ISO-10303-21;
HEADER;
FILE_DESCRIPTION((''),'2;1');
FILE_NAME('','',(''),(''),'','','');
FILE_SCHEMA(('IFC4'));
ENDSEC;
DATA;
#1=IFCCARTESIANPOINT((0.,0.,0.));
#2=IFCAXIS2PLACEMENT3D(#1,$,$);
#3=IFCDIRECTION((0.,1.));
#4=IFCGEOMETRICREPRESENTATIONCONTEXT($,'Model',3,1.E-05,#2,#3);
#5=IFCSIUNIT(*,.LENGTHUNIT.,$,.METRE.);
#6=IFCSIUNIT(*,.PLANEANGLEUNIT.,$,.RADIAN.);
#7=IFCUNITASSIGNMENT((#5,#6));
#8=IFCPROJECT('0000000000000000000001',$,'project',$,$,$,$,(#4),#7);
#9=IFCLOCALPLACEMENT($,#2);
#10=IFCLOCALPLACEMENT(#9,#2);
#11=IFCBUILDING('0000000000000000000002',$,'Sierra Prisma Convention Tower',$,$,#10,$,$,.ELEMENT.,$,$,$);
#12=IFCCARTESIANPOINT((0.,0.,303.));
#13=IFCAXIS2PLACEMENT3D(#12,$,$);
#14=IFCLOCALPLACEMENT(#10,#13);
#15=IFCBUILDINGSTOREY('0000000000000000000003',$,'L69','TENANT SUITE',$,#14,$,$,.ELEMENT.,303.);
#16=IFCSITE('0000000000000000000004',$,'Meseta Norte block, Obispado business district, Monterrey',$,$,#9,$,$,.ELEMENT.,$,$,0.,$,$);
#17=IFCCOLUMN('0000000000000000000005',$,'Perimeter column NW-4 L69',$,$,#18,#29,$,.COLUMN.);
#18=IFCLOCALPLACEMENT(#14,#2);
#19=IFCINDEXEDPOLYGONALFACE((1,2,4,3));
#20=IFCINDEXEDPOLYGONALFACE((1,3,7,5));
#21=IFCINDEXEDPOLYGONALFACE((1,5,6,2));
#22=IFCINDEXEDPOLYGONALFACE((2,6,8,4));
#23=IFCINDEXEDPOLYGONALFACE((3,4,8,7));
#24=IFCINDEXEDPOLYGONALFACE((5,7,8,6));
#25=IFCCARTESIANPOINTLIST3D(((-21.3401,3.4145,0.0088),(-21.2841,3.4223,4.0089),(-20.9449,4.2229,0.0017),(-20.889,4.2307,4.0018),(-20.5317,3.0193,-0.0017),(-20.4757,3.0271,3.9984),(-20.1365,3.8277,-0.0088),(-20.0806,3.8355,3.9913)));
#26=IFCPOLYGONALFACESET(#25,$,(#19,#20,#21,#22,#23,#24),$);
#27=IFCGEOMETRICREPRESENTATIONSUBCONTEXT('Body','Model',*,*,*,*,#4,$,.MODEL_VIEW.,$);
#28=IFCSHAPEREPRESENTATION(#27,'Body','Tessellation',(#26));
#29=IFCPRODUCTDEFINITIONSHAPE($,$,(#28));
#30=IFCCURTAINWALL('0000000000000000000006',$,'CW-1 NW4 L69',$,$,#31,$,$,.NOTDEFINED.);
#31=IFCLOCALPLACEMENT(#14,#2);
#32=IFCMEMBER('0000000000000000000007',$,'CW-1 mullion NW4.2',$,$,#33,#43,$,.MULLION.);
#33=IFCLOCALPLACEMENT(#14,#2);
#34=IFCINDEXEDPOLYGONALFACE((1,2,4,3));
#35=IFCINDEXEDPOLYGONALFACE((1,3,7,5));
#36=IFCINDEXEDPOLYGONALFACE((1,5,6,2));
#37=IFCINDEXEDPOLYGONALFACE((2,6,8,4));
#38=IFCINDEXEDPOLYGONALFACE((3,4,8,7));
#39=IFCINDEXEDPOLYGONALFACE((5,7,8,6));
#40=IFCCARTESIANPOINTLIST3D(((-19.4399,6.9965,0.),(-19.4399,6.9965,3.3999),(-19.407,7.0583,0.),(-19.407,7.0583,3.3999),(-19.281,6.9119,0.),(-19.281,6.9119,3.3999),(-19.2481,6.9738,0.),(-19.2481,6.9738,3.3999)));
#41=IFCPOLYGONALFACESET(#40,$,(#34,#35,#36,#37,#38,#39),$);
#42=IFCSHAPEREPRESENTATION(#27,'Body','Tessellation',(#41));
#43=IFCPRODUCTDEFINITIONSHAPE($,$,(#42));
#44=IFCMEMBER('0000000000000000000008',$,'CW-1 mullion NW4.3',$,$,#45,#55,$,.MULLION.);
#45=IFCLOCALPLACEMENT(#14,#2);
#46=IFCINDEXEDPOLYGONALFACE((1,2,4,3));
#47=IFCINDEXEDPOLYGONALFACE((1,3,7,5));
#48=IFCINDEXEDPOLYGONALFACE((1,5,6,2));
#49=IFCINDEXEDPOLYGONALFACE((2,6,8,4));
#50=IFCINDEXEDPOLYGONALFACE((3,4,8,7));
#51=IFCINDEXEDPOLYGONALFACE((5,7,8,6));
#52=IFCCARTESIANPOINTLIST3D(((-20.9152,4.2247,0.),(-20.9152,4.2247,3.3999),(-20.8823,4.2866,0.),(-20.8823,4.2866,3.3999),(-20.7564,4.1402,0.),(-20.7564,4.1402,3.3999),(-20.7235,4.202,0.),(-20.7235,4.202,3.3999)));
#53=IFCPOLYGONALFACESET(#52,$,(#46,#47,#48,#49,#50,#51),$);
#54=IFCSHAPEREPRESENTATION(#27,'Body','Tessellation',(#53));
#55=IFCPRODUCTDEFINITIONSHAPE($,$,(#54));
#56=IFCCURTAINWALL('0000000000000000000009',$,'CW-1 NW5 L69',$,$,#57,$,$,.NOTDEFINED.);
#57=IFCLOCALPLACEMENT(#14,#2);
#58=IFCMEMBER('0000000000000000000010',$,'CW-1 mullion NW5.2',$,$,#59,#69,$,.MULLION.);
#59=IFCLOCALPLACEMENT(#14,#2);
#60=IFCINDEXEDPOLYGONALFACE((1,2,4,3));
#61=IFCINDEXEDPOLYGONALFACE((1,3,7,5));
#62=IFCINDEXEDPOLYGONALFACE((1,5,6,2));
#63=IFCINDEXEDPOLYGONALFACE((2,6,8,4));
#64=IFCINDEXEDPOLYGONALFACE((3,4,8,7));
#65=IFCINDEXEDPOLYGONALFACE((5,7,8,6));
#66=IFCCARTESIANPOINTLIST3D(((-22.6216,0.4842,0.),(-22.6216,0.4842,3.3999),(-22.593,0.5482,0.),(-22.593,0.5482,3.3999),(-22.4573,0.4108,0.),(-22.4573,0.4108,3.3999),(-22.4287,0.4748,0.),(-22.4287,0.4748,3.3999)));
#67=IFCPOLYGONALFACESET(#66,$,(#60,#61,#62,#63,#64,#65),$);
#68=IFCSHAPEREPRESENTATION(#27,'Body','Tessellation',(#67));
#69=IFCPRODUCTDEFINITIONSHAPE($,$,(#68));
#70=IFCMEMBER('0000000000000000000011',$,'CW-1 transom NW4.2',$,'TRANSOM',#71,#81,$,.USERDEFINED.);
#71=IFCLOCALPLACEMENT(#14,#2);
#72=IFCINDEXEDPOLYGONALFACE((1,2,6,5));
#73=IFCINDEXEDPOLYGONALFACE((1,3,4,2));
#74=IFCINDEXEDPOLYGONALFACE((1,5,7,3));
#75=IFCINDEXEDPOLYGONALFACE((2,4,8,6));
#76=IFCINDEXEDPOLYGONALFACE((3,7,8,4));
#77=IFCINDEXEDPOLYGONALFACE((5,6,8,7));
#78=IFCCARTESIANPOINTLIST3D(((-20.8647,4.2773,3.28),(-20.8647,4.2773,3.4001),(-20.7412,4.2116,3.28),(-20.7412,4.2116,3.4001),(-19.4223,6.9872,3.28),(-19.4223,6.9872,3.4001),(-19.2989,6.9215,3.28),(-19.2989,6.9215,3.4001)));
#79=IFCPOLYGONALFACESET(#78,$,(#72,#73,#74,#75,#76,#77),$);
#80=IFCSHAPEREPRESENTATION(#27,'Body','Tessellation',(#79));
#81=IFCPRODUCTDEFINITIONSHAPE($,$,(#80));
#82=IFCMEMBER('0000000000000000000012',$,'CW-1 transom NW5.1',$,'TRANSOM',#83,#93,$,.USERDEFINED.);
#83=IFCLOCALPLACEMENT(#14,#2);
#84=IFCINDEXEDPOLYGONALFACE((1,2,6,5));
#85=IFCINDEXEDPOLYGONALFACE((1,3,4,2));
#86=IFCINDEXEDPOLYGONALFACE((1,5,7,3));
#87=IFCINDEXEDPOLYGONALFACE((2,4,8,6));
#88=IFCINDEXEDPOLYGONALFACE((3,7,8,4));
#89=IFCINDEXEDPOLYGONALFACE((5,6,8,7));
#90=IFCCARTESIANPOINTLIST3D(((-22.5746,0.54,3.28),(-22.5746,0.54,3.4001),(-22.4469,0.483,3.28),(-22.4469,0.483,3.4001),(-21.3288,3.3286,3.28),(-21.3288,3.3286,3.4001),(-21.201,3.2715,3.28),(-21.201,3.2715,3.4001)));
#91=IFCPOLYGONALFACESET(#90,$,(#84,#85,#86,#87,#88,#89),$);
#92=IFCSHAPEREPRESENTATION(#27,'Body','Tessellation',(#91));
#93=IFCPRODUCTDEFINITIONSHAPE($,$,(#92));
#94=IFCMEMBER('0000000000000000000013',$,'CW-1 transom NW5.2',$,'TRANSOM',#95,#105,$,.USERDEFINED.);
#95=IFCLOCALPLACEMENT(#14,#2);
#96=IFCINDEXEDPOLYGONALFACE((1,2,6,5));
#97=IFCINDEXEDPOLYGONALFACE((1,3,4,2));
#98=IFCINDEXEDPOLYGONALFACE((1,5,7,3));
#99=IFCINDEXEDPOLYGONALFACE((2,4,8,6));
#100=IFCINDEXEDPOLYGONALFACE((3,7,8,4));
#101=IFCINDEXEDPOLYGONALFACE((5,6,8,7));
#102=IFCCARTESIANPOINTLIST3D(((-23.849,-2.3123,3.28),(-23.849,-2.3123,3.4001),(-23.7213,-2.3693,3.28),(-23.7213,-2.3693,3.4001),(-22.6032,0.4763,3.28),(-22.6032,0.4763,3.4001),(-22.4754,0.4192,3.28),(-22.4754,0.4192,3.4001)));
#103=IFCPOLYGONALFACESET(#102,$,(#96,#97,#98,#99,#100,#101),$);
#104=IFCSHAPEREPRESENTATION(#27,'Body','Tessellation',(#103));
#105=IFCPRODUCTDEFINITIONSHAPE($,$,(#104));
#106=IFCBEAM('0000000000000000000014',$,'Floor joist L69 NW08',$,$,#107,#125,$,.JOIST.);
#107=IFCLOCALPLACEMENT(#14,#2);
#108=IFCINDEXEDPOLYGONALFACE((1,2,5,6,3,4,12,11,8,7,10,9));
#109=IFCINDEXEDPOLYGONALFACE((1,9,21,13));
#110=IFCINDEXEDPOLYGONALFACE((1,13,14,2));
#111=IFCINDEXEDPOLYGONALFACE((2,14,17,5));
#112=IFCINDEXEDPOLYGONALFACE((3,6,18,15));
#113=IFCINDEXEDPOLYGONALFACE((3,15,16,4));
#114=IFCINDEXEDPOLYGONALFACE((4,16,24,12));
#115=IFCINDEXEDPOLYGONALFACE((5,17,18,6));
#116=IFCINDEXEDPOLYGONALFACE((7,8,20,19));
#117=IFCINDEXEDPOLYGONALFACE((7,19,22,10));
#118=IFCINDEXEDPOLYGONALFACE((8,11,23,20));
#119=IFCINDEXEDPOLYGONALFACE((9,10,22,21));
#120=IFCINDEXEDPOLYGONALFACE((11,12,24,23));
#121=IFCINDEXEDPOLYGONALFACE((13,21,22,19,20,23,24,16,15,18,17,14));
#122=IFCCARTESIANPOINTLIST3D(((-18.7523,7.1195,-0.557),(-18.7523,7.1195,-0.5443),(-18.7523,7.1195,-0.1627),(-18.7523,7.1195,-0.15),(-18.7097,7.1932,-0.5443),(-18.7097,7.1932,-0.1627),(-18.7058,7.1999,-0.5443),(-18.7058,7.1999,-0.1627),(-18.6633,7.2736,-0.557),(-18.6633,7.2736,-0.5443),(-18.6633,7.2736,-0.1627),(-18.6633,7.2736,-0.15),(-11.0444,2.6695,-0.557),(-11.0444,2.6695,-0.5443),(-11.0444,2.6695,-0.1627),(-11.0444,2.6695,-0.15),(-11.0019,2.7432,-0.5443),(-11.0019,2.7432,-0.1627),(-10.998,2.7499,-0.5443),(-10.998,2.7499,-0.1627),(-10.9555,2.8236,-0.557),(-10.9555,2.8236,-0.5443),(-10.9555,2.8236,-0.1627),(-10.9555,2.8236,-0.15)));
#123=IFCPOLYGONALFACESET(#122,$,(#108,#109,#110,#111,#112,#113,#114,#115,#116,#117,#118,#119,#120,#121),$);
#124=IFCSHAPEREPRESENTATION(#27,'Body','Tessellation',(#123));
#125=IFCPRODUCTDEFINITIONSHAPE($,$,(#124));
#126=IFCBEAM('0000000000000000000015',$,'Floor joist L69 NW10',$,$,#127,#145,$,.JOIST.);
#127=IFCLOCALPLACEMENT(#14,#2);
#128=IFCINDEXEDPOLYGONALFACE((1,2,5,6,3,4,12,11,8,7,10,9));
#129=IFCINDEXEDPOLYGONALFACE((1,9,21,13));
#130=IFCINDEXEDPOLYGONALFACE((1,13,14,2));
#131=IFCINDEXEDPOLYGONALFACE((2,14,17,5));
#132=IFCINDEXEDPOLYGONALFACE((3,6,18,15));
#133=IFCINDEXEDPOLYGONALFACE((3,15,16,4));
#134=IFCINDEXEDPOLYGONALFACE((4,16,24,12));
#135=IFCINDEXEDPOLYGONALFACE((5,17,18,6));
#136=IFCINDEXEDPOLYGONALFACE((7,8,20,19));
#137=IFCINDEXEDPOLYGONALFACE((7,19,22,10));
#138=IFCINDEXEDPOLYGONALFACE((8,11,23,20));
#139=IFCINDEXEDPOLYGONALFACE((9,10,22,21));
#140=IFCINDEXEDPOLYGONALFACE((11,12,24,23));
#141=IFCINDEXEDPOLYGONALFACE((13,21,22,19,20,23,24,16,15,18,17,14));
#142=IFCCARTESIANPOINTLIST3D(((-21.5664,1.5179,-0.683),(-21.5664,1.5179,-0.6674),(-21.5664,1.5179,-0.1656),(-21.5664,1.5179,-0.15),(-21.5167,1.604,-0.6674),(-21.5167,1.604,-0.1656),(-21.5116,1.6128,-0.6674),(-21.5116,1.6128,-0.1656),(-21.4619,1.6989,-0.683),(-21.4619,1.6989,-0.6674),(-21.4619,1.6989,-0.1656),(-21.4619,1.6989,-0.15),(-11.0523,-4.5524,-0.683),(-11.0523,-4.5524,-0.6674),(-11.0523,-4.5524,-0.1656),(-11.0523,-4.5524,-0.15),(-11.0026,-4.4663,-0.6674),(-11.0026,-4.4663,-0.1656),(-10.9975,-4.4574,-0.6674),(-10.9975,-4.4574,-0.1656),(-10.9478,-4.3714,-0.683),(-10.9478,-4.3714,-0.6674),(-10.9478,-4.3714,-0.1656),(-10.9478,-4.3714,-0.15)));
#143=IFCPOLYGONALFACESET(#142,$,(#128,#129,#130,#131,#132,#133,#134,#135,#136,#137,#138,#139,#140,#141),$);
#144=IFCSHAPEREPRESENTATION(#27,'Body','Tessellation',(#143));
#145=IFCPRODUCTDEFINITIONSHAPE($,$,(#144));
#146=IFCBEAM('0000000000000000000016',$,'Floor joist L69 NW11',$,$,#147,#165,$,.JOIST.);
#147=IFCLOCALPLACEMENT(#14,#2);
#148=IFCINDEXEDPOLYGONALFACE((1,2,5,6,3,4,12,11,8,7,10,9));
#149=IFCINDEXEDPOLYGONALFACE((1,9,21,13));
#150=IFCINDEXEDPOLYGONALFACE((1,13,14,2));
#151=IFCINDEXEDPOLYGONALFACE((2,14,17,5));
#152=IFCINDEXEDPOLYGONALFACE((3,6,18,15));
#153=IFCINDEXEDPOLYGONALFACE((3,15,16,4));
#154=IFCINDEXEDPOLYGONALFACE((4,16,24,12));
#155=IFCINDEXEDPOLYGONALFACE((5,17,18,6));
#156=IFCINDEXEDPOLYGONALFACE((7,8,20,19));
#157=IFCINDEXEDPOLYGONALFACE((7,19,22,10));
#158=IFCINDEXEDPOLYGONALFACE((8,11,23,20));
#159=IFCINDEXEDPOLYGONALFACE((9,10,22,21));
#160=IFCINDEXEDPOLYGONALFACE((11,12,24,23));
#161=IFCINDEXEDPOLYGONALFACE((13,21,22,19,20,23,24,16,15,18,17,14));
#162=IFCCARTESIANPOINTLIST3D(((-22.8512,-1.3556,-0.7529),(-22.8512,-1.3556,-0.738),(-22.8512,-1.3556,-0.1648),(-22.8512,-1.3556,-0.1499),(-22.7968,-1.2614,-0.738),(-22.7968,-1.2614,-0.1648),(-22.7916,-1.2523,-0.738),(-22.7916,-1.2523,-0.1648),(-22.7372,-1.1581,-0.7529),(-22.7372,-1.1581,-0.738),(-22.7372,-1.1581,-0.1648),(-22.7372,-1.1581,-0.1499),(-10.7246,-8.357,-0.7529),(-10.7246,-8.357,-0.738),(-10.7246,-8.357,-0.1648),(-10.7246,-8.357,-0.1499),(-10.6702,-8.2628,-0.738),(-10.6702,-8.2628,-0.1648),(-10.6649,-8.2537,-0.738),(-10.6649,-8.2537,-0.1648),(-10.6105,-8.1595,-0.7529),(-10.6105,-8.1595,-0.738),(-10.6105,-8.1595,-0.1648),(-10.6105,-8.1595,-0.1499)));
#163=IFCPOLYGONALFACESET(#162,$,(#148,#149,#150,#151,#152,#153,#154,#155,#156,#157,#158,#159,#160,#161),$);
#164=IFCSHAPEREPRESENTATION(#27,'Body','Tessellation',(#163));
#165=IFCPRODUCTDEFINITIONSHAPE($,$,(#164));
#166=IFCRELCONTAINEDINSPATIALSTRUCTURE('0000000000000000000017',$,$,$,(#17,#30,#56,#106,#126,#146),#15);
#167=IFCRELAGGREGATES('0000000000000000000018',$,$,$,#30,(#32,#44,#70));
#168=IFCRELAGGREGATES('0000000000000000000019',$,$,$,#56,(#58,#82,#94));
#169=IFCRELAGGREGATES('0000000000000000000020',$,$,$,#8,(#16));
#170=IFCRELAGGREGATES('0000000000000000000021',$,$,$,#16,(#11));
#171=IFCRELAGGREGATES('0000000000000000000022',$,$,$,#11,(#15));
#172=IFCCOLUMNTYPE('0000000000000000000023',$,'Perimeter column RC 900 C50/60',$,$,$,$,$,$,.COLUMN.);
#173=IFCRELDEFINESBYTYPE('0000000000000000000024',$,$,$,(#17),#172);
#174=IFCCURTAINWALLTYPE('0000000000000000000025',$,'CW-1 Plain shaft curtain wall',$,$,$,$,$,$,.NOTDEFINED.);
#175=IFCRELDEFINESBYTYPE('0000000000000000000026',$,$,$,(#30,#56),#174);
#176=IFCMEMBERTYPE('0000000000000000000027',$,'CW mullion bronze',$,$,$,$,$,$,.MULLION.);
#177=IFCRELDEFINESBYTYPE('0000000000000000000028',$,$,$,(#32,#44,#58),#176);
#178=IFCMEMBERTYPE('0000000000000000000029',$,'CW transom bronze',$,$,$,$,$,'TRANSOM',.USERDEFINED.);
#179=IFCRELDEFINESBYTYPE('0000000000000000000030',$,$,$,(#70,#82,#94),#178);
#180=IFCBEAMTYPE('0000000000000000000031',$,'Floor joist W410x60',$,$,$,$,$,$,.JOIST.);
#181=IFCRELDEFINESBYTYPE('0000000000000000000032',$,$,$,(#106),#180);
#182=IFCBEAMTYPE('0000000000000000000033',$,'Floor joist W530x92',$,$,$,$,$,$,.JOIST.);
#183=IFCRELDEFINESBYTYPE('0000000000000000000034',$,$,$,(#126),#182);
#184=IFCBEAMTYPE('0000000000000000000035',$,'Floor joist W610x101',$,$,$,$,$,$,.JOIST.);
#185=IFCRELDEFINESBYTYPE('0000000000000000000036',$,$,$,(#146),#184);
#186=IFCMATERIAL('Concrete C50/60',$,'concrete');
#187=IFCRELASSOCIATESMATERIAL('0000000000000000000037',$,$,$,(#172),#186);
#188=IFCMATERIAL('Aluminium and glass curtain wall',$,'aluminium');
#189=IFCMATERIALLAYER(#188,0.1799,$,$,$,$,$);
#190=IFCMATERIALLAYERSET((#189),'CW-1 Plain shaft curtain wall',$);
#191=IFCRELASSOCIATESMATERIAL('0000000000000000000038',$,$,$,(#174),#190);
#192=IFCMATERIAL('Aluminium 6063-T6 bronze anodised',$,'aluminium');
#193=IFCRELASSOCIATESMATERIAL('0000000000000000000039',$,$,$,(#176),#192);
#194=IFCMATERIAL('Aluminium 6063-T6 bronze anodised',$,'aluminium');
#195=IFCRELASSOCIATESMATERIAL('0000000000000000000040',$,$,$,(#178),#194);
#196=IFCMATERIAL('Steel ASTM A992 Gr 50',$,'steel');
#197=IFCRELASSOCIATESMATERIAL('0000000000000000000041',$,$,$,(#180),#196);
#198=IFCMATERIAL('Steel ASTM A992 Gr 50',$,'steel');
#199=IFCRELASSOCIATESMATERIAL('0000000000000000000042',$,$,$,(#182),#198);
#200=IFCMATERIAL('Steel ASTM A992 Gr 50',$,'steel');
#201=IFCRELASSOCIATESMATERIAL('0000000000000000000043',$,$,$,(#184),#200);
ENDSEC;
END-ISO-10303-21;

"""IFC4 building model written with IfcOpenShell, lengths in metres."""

from ifc_helpers import new_model, si_unit, direction, frame, origin, origin_2d, place, context, subcontext, project, spatial, rectangle, i_section, extrude, material, layer, layer_set, material_profile, profile_set, type_object, element, aggregate, save


model = new_model("IFC4")

# Units and contexts
model_context = context("Model", 3, precision=1e-05, world=origin(), true_north=direction((0.0, 1.0)))
body_context = subcontext(model_context, "Body", "Model", "MODEL_VIEW")
ifc_project = project(units=[si_unit("LENGTHUNIT", "METRE"), si_unit("PLANEANGLEUNIT", "RADIAN")], contexts=[model_context])

# Site, building, storey
site_placement = place(None, origin())
site = spatial("IfcSite", under=ifc_project, at=site_placement, Name="Meseta Norte block, Obispado business district, Monterrey", CompositionType="ELEMENT", RefElevation=0.0)
building_placement = place(site_placement, origin())
building = spatial("IfcBuilding", under=site, at=building_placement, Name="Sierra Prisma Convention Tower", CompositionType="ELEMENT")
storey_placement = place(building_placement, frame((0.0, 0.0, 303.0)))
storey = spatial("IfcBuildingStorey", under=building, at=storey_placement, Name="L69", Description="TENANT SUITE", CompositionType="ELEMENT", Elevation=303.0)

# Column
ifc_material_1 = material(Name="Concrete C50/60", Category="concrete")
ifc_material_profile_1 = material_profile(ifc_material_1, rectangle(XDim=0.8999, YDim=0.8999, at=origin_2d()), Name="Perimeter column RC 900 C50/60")
ifc_profile_set_1 = profile_set([ifc_material_profile_1], Name="Concrete C50/60")
column_type = type_object("IfcColumnType", Name="Perimeter column RC 900 C50/60", PredefinedType="COLUMN", material=ifc_profile_set_1)
column_placement = place(storey_placement, frame((-20.7383, 3.6211, 0.0), z_axis=(0.013976, 0.001953, 0.9999), x_axis=(0.4391, 0.898404, -0.007892)))
element("IfcColumn", 1, at=column_placement, inside=storey, type_object=column_type, Name="Perimeter column NW-4 L69", PredefinedType="COLUMN", context=body_context, shape_type="SweptSolid", body=[
    extrude(rectangle(XDim=0.8999, YDim=0.8999, at=origin_2d()), origin(), (0.0, 0.0, 1.0), 4.0005),
])

# Curtain wall, members
ifc_material_2 = material(Name="Aluminium and glass curtain wall", Category="aluminium")
ifc_layer_1 = layer(ifc_material_2, 0.1799)
ifc_layer_set_1 = layer_set([ifc_layer_1], Name="CW-1 Plain shaft curtain wall")
curtain_wall_type = type_object("IfcCurtainWallType", Name="CW-1 Plain shaft curtain wall", PredefinedType="NOTDEFINED", material=ifc_layer_set_1)
curtain_wall_1_placement = place(storey_placement, origin())
curtain_wall_1 = element("IfcCurtainWall", 2, at=curtain_wall_1_placement, inside=storey, type_object=curtain_wall_type, Name="CW-1 NW4 L69", PredefinedType="NOTDEFINED")
ifc_material_3 = material(Name="Aluminium 6063-T6 bronze anodised", Category="aluminium")
ifc_material_profile_2 = material_profile(ifc_material_3, rectangle(XDim=0.1799, YDim=0.0701, at=origin_2d()), Name="ALU MULLION 70x180")
ifc_profile_set_2 = profile_set([ifc_material_profile_2], Name="Aluminium 6063-T6 bronze anodised")
member_type_1 = type_object("IfcMemberType", Name="CW mullion bronze", PredefinedType="MULLION", material=ifc_profile_set_2)
member_1_placement = place(storey_placement, frame((-19.344, 6.9851, 0.0), z_axis=(0.0, 0.0, 1.0), x_axis=(0.882746, -0.469851, 0.0)))
member_1 = element("IfcMember", 3, at=member_1_placement, type_object=member_type_1, Name="CW-1 mullion NW4.2", PredefinedType="MULLION", context=body_context, shape_type="SweptSolid", body=[
    extrude(rectangle(XDim=0.1799, YDim=0.0701, at=origin_2d()), origin(), (0.0, 0.0, 1.0), 3.3999),
])
member_2_placement = place(storey_placement, frame((-20.8193, 4.2134, 0.0), z_axis=(0.0, 0.0, 1.0), x_axis=(0.882746, -0.469851, 0.0)))
member_2 = element("IfcMember", 4, at=member_2_placement, type_object=member_type_1, Name="CW-1 mullion NW4.3", PredefinedType="MULLION", context=body_context, shape_type="SweptSolid", body=[
    extrude(rectangle(XDim=0.1799, YDim=0.0701, at=origin_2d()), origin(), (0.0, 0.0, 1.0), 3.3999),
])

# Curtain wall, member
curtain_wall_2_placement = place(storey_placement, origin())
curtain_wall_2 = element("IfcCurtainWall", 5, at=curtain_wall_2_placement, inside=storey, type_object=curtain_wall_type, Name="CW-1 NW5 L69", PredefinedType="NOTDEFINED")
member_3_placement = place(storey_placement, frame((-22.5251, 0.4795, 0.0), z_axis=(0.0, 0.0, 1.0), x_axis=(0.91302, -0.407914, 0.0)))
member_3 = element("IfcMember", 6, at=member_3_placement, type_object=member_type_1, Name="CW-1 mullion NW5.2", PredefinedType="MULLION", context=body_context, shape_type="SweptSolid", body=[
    extrude(rectangle(XDim=0.1799, YDim=0.0701, at=origin_2d()), origin(), (0.0, 0.0, 1.0), 3.3999),
])

# Members
ifc_material_4 = material(Name="Aluminium 6063-T6 bronze anodised", Category="aluminium")
ifc_material_profile_3 = material_profile(ifc_material_4, rectangle(XDim=0.1399, YDim=0.1201, at=origin_2d()), Name="ALU TRANSOM 120x140")
ifc_profile_set_3 = profile_set([ifc_material_profile_3], Name="Aluminium 6063-T6 bronze anodised")
member_type_2 = type_object("IfcMemberType", Name="CW transom bronze", ElementType="TRANSOM", PredefinedType="USERDEFINED", material=ifc_profile_set_3)
member_4_placement = place(storey_placement, frame((-19.3606, 6.9543, 3.3401), z_axis=(-0.469845, -0.882749, 0.0), x_axis=(0.882749, -0.469845, 0.0)))
member_4 = element("IfcMember", 7, at=member_4_placement, type_object=member_type_2, Name="CW-1 transom NW4.2", ObjectType="TRANSOM", PredefinedType="USERDEFINED", context=body_context, shape_type="SweptSolid", body=[
    extrude(rectangle(XDim=0.1399, YDim=0.1201, at=origin_2d()), origin(), (0.0, 0.0, 1.0), 3.0698),
])
member_5_placement = place(storey_placement, frame((-21.2649, 3.3, 3.3401), z_axis=(-0.40791, -0.913022, 0.0), x_axis=(0.913022, -0.40791, 0.0)))
member_5 = element("IfcMember", 8, at=member_5_placement, type_object=member_type_2, Name="CW-1 transom NW5.1", ObjectType="TRANSOM", PredefinedType="USERDEFINED", context=body_context, shape_type="SweptSolid", body=[
    extrude(rectangle(XDim=0.1399, YDim=0.1201, at=origin_2d()), origin(), (0.0, 0.0, 1.0), 3.0542),
])
member_6_placement = place(storey_placement, frame((-22.5393, 0.4478, 3.3401), z_axis=(-0.40791, -0.913022, 0.0), x_axis=(0.913022, -0.40791, 0.0)))
member_6 = element("IfcMember", 9, at=member_6_placement, type_object=member_type_2, Name="CW-1 transom NW5.2", ObjectType="TRANSOM", PredefinedType="USERDEFINED", context=body_context, shape_type="SweptSolid", body=[
    extrude(rectangle(XDim=0.1399, YDim=0.1201, at=origin_2d()), origin(), (0.0, 0.0, 1.0), 3.0542),
])

# Beams
ifc_material_5 = material(Name="Steel ASTM A992 Gr 50", Category="steel")
ifc_material_profile_4 = material_profile(ifc_material_5, i_section(OverallWidth=0.178, OverallDepth=0.407, WebThickness=0.0078, FlangeThickness=0.0127, at=origin_2d()), Name="W410x60")
ifc_profile_set_4 = profile_set([ifc_material_profile_4], Name="Steel ASTM A992 Gr 50")
beam_type_1 = type_object("IfcBeamType", Name="Floor joist W410x60", PredefinedType="JOIST", material=ifc_profile_set_4)
beam_1_placement = place(storey_placement, frame((-18.7078, 7.1965, -0.3535), z_axis=(0.866032, -0.499989, 0.0), x_axis=(0.499989, 0.866032, 0.0)))
element("IfcBeam", 10, at=beam_1_placement, inside=storey, type_object=beam_type_1, Name="Floor joist L69 NW08", PredefinedType="JOIST", context=body_context, shape_type="SweptSolid", body=[
    extrude(i_section(OverallWidth=0.178, OverallDepth=0.407, WebThickness=0.0078, FlangeThickness=0.0127, at=origin_2d()), origin(), (0.0, 0.0, 1.0), 8.9001),
])
ifc_material_6 = material(Name="Steel ASTM A992 Gr 50", Category="steel")
ifc_material_profile_5 = material_profile(ifc_material_6, i_section(OverallWidth=0.209, OverallDepth=0.533, WebThickness=0.0103, FlangeThickness=0.0156, at=origin_2d()), Name="W530x92")
ifc_profile_set_5 = profile_set([ifc_material_profile_5], Name="Steel ASTM A992 Gr 50")
beam_type_2 = type_object("IfcBeamType", Name="Floor joist W530x92", PredefinedType="JOIST", material=ifc_profile_set_5)
beam_2_placement = place(storey_placement, frame((-21.5142, 1.6084, -0.4165), z_axis=(0.866027, -0.499997, 0.0), x_axis=(0.499997, 0.866027, 0.0)))
element("IfcBeam", 11, at=beam_2_placement, inside=storey, type_object=beam_type_2, Name="Floor joist L69 NW10", PredefinedType="JOIST", context=body_context, shape_type="SweptSolid", body=[
    extrude(i_section(OverallWidth=0.209, OverallDepth=0.533, WebThickness=0.0103, FlangeThickness=0.0156, at=origin_2d()), origin(), (0.0, 0.0, 1.0), 12.1406),
])
ifc_material_7 = material(Name="Steel ASTM A992 Gr 50", Category="steel")
ifc_material_profile_6 = material_profile(ifc_material_7, i_section(OverallWidth=0.228, OverallDepth=0.603, WebThickness=0.0105, FlangeThickness=0.0149, at=origin_2d()), Name="W610x101")
ifc_profile_set_6 = profile_set([ifc_material_profile_6], Name="Steel ASTM A992 Gr 50")
beam_type_3 = type_object("IfcBeamType", Name="Floor joist W610x101", PredefinedType="JOIST", material=ifc_profile_set_6)
beam_3_placement = place(storey_placement, frame((-22.7942, -1.2568, -0.4514), z_axis=(0.866022, -0.500006, 0.0), x_axis=(0.500006, 0.866022, 0.0)))
element("IfcBeam", 12, at=beam_3_placement, inside=storey, type_object=beam_type_3, Name="Floor joist L69 NW11", PredefinedType="JOIST", context=body_context, shape_type="SweptSolid", body=[
    extrude(i_section(OverallWidth=0.228, OverallDepth=0.603, WebThickness=0.0105, FlangeThickness=0.0149, at=origin_2d()), origin(), (0.0, 0.0, 1.0), 14.0027),
])

aggregate(curtain_wall_1, [member_1, member_2, member_4])
aggregate(curtain_wall_2, [member_3, member_5, member_6])

save(model, "model.ifc")
